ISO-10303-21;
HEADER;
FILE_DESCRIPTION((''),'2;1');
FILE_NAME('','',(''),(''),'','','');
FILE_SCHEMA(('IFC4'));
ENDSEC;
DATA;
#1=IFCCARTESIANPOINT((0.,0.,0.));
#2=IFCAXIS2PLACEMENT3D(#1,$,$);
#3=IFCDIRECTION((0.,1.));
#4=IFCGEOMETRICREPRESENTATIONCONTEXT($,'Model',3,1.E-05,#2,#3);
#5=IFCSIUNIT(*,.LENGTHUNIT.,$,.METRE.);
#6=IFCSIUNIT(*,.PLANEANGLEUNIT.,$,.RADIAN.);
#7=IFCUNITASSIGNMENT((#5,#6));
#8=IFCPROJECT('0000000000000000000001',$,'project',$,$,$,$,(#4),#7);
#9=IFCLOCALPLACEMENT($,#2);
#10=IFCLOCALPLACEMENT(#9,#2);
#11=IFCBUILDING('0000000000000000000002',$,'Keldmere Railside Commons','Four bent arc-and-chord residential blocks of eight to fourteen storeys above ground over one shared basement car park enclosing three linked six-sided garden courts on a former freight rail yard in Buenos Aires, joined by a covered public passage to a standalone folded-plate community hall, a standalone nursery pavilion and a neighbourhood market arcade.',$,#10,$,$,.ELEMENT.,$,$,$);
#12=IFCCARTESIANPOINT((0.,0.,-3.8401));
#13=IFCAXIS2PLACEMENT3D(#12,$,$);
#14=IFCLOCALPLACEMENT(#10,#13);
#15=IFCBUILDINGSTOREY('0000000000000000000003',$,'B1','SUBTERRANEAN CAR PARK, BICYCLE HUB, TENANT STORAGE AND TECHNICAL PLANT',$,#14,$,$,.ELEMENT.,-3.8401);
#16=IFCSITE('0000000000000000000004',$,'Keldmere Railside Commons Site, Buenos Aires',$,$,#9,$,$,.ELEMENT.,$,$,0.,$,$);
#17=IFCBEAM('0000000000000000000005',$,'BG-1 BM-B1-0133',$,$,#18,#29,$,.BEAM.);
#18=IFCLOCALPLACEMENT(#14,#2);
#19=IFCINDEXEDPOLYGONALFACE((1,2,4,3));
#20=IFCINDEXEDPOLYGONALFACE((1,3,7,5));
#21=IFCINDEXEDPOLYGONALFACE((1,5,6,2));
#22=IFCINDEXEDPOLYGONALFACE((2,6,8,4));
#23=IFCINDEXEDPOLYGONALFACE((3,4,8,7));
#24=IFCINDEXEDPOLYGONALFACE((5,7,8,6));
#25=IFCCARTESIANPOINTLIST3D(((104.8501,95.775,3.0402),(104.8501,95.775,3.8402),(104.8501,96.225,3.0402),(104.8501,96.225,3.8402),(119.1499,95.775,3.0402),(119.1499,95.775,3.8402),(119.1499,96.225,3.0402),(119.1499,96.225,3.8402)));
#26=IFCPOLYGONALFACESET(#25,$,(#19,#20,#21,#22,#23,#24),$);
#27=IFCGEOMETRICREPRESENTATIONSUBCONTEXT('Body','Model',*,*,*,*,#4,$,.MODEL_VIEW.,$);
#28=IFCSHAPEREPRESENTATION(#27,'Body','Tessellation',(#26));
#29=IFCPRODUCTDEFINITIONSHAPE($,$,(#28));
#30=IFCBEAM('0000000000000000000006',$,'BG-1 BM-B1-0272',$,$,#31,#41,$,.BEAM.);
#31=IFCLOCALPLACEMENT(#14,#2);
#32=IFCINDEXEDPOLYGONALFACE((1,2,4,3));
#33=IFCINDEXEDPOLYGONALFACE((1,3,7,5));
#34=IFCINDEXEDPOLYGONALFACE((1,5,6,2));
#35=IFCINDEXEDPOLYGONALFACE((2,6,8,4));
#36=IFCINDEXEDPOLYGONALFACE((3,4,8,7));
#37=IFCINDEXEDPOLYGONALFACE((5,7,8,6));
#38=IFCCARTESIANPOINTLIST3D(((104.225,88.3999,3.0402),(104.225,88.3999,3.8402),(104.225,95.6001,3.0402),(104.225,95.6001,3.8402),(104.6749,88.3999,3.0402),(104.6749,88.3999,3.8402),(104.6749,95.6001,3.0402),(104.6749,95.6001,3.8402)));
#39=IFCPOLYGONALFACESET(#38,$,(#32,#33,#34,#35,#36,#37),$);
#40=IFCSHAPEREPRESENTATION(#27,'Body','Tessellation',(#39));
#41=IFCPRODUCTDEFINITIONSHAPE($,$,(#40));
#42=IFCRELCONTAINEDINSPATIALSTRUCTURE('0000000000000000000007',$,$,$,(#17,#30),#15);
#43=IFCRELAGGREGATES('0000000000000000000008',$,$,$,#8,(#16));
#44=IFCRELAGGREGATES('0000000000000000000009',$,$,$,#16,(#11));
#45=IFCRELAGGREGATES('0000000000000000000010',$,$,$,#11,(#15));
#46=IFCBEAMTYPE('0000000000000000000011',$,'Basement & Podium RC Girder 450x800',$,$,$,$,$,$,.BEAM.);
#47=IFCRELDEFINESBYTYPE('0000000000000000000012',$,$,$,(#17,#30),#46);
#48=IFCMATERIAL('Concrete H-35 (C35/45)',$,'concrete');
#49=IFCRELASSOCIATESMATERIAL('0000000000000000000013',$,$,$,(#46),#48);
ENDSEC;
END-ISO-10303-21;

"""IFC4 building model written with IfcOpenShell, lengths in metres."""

from ifc_helpers import new_model, si_unit, direction, frame, origin, origin_2d, place, context, subcontext, project, spatial, rectangle, extrude, material, material_profile, profile_set, type_object, element, save


model = new_model("IFC4")

# Units and contexts
model_context = context("Model", 3, precision=1e-05, world=origin(), true_north=direction((0.0, 1.0)))
body_context = subcontext(model_context, "Body", "Model", "MODEL_VIEW")
ifc_project = project(units=[si_unit("LENGTHUNIT", "METRE"), si_unit("PLANEANGLEUNIT", "RADIAN")], contexts=[model_context])

# Site, building, storey
site_placement = place(None, origin())
site = spatial("IfcSite", under=ifc_project, at=site_placement, Name="Keldmere Railside Commons Site, Buenos Aires", CompositionType="ELEMENT", RefElevation=0.0)
building_placement = place(site_placement, origin())
building = spatial("IfcBuilding", under=site, at=building_placement, Name="Keldmere Railside Commons", Description="Four bent arc-and-chord residential blocks of eight to fourteen storeys above ground over one shared basement car park enclosing three linked six-sided garden courts on a former freight rail yard in Buenos Aires, joined by a covered public passage to a standalone folded-plate community hall, a standalone nursery pavilion and a neighbourhood market arcade.", CompositionType="ELEMENT")
storey_placement = place(building_placement, frame((0.0, 0.0, -3.8401)))
storey = spatial("IfcBuildingStorey", under=building, at=storey_placement, Name="B1", Description="SUBTERRANEAN CAR PARK, BICYCLE HUB, TENANT STORAGE AND TECHNICAL PLANT", CompositionType="ELEMENT", Elevation=-3.8401)

# Beams
ifc_material_1 = material(Name="Concrete H-35 (C35/45)", Category="concrete")
ifc_material_profile_1 = material_profile(ifc_material_1, rectangle(XDim=0.45, YDim=0.8, at=origin_2d()), Name="RC-450x800")
ifc_profile_set_1 = profile_set([ifc_material_profile_1], Name="Concrete H-35 (C35/45)")
beam_type = type_object("IfcBeamType", Name="Basement & Podium RC Girder 450x800", PredefinedType="BEAM", material=ifc_profile_set_1)
beam_1_placement = place(storey_placement, frame((104.8501, 96.0, 3.4402), z_axis=(1.0, 0.0, 0.0), x_axis=(0.0, 1.0, 0.0)))
element("IfcBeam", 1, at=beam_1_placement, inside=storey, type_object=beam_type, Name="BG-1 BM-B1-0133", PredefinedType="BEAM", context=body_context, shape_type="SweptSolid", body=[
    extrude(rectangle(XDim=0.45, YDim=0.8, at=origin_2d()), origin(), (0.0, 0.0, 1.0), 14.2998),
])
beam_2_placement = place(storey_placement, frame((104.45, 88.3999, 3.4402), z_axis=(0.0, 1.0, 0.0), x_axis=(-1.0, 0.0, 0.0)))
element("IfcBeam", 2, at=beam_2_placement, inside=storey, type_object=beam_type, Name="BG-1 BM-B1-0272", PredefinedType="BEAM", context=body_context, shape_type="SweptSolid", body=[
    extrude(rectangle(XDim=0.45, YDim=0.8, at=origin_2d()), origin(), (0.0, 0.0, 1.0), 7.2002),
])

save(model, "model.ifc")
